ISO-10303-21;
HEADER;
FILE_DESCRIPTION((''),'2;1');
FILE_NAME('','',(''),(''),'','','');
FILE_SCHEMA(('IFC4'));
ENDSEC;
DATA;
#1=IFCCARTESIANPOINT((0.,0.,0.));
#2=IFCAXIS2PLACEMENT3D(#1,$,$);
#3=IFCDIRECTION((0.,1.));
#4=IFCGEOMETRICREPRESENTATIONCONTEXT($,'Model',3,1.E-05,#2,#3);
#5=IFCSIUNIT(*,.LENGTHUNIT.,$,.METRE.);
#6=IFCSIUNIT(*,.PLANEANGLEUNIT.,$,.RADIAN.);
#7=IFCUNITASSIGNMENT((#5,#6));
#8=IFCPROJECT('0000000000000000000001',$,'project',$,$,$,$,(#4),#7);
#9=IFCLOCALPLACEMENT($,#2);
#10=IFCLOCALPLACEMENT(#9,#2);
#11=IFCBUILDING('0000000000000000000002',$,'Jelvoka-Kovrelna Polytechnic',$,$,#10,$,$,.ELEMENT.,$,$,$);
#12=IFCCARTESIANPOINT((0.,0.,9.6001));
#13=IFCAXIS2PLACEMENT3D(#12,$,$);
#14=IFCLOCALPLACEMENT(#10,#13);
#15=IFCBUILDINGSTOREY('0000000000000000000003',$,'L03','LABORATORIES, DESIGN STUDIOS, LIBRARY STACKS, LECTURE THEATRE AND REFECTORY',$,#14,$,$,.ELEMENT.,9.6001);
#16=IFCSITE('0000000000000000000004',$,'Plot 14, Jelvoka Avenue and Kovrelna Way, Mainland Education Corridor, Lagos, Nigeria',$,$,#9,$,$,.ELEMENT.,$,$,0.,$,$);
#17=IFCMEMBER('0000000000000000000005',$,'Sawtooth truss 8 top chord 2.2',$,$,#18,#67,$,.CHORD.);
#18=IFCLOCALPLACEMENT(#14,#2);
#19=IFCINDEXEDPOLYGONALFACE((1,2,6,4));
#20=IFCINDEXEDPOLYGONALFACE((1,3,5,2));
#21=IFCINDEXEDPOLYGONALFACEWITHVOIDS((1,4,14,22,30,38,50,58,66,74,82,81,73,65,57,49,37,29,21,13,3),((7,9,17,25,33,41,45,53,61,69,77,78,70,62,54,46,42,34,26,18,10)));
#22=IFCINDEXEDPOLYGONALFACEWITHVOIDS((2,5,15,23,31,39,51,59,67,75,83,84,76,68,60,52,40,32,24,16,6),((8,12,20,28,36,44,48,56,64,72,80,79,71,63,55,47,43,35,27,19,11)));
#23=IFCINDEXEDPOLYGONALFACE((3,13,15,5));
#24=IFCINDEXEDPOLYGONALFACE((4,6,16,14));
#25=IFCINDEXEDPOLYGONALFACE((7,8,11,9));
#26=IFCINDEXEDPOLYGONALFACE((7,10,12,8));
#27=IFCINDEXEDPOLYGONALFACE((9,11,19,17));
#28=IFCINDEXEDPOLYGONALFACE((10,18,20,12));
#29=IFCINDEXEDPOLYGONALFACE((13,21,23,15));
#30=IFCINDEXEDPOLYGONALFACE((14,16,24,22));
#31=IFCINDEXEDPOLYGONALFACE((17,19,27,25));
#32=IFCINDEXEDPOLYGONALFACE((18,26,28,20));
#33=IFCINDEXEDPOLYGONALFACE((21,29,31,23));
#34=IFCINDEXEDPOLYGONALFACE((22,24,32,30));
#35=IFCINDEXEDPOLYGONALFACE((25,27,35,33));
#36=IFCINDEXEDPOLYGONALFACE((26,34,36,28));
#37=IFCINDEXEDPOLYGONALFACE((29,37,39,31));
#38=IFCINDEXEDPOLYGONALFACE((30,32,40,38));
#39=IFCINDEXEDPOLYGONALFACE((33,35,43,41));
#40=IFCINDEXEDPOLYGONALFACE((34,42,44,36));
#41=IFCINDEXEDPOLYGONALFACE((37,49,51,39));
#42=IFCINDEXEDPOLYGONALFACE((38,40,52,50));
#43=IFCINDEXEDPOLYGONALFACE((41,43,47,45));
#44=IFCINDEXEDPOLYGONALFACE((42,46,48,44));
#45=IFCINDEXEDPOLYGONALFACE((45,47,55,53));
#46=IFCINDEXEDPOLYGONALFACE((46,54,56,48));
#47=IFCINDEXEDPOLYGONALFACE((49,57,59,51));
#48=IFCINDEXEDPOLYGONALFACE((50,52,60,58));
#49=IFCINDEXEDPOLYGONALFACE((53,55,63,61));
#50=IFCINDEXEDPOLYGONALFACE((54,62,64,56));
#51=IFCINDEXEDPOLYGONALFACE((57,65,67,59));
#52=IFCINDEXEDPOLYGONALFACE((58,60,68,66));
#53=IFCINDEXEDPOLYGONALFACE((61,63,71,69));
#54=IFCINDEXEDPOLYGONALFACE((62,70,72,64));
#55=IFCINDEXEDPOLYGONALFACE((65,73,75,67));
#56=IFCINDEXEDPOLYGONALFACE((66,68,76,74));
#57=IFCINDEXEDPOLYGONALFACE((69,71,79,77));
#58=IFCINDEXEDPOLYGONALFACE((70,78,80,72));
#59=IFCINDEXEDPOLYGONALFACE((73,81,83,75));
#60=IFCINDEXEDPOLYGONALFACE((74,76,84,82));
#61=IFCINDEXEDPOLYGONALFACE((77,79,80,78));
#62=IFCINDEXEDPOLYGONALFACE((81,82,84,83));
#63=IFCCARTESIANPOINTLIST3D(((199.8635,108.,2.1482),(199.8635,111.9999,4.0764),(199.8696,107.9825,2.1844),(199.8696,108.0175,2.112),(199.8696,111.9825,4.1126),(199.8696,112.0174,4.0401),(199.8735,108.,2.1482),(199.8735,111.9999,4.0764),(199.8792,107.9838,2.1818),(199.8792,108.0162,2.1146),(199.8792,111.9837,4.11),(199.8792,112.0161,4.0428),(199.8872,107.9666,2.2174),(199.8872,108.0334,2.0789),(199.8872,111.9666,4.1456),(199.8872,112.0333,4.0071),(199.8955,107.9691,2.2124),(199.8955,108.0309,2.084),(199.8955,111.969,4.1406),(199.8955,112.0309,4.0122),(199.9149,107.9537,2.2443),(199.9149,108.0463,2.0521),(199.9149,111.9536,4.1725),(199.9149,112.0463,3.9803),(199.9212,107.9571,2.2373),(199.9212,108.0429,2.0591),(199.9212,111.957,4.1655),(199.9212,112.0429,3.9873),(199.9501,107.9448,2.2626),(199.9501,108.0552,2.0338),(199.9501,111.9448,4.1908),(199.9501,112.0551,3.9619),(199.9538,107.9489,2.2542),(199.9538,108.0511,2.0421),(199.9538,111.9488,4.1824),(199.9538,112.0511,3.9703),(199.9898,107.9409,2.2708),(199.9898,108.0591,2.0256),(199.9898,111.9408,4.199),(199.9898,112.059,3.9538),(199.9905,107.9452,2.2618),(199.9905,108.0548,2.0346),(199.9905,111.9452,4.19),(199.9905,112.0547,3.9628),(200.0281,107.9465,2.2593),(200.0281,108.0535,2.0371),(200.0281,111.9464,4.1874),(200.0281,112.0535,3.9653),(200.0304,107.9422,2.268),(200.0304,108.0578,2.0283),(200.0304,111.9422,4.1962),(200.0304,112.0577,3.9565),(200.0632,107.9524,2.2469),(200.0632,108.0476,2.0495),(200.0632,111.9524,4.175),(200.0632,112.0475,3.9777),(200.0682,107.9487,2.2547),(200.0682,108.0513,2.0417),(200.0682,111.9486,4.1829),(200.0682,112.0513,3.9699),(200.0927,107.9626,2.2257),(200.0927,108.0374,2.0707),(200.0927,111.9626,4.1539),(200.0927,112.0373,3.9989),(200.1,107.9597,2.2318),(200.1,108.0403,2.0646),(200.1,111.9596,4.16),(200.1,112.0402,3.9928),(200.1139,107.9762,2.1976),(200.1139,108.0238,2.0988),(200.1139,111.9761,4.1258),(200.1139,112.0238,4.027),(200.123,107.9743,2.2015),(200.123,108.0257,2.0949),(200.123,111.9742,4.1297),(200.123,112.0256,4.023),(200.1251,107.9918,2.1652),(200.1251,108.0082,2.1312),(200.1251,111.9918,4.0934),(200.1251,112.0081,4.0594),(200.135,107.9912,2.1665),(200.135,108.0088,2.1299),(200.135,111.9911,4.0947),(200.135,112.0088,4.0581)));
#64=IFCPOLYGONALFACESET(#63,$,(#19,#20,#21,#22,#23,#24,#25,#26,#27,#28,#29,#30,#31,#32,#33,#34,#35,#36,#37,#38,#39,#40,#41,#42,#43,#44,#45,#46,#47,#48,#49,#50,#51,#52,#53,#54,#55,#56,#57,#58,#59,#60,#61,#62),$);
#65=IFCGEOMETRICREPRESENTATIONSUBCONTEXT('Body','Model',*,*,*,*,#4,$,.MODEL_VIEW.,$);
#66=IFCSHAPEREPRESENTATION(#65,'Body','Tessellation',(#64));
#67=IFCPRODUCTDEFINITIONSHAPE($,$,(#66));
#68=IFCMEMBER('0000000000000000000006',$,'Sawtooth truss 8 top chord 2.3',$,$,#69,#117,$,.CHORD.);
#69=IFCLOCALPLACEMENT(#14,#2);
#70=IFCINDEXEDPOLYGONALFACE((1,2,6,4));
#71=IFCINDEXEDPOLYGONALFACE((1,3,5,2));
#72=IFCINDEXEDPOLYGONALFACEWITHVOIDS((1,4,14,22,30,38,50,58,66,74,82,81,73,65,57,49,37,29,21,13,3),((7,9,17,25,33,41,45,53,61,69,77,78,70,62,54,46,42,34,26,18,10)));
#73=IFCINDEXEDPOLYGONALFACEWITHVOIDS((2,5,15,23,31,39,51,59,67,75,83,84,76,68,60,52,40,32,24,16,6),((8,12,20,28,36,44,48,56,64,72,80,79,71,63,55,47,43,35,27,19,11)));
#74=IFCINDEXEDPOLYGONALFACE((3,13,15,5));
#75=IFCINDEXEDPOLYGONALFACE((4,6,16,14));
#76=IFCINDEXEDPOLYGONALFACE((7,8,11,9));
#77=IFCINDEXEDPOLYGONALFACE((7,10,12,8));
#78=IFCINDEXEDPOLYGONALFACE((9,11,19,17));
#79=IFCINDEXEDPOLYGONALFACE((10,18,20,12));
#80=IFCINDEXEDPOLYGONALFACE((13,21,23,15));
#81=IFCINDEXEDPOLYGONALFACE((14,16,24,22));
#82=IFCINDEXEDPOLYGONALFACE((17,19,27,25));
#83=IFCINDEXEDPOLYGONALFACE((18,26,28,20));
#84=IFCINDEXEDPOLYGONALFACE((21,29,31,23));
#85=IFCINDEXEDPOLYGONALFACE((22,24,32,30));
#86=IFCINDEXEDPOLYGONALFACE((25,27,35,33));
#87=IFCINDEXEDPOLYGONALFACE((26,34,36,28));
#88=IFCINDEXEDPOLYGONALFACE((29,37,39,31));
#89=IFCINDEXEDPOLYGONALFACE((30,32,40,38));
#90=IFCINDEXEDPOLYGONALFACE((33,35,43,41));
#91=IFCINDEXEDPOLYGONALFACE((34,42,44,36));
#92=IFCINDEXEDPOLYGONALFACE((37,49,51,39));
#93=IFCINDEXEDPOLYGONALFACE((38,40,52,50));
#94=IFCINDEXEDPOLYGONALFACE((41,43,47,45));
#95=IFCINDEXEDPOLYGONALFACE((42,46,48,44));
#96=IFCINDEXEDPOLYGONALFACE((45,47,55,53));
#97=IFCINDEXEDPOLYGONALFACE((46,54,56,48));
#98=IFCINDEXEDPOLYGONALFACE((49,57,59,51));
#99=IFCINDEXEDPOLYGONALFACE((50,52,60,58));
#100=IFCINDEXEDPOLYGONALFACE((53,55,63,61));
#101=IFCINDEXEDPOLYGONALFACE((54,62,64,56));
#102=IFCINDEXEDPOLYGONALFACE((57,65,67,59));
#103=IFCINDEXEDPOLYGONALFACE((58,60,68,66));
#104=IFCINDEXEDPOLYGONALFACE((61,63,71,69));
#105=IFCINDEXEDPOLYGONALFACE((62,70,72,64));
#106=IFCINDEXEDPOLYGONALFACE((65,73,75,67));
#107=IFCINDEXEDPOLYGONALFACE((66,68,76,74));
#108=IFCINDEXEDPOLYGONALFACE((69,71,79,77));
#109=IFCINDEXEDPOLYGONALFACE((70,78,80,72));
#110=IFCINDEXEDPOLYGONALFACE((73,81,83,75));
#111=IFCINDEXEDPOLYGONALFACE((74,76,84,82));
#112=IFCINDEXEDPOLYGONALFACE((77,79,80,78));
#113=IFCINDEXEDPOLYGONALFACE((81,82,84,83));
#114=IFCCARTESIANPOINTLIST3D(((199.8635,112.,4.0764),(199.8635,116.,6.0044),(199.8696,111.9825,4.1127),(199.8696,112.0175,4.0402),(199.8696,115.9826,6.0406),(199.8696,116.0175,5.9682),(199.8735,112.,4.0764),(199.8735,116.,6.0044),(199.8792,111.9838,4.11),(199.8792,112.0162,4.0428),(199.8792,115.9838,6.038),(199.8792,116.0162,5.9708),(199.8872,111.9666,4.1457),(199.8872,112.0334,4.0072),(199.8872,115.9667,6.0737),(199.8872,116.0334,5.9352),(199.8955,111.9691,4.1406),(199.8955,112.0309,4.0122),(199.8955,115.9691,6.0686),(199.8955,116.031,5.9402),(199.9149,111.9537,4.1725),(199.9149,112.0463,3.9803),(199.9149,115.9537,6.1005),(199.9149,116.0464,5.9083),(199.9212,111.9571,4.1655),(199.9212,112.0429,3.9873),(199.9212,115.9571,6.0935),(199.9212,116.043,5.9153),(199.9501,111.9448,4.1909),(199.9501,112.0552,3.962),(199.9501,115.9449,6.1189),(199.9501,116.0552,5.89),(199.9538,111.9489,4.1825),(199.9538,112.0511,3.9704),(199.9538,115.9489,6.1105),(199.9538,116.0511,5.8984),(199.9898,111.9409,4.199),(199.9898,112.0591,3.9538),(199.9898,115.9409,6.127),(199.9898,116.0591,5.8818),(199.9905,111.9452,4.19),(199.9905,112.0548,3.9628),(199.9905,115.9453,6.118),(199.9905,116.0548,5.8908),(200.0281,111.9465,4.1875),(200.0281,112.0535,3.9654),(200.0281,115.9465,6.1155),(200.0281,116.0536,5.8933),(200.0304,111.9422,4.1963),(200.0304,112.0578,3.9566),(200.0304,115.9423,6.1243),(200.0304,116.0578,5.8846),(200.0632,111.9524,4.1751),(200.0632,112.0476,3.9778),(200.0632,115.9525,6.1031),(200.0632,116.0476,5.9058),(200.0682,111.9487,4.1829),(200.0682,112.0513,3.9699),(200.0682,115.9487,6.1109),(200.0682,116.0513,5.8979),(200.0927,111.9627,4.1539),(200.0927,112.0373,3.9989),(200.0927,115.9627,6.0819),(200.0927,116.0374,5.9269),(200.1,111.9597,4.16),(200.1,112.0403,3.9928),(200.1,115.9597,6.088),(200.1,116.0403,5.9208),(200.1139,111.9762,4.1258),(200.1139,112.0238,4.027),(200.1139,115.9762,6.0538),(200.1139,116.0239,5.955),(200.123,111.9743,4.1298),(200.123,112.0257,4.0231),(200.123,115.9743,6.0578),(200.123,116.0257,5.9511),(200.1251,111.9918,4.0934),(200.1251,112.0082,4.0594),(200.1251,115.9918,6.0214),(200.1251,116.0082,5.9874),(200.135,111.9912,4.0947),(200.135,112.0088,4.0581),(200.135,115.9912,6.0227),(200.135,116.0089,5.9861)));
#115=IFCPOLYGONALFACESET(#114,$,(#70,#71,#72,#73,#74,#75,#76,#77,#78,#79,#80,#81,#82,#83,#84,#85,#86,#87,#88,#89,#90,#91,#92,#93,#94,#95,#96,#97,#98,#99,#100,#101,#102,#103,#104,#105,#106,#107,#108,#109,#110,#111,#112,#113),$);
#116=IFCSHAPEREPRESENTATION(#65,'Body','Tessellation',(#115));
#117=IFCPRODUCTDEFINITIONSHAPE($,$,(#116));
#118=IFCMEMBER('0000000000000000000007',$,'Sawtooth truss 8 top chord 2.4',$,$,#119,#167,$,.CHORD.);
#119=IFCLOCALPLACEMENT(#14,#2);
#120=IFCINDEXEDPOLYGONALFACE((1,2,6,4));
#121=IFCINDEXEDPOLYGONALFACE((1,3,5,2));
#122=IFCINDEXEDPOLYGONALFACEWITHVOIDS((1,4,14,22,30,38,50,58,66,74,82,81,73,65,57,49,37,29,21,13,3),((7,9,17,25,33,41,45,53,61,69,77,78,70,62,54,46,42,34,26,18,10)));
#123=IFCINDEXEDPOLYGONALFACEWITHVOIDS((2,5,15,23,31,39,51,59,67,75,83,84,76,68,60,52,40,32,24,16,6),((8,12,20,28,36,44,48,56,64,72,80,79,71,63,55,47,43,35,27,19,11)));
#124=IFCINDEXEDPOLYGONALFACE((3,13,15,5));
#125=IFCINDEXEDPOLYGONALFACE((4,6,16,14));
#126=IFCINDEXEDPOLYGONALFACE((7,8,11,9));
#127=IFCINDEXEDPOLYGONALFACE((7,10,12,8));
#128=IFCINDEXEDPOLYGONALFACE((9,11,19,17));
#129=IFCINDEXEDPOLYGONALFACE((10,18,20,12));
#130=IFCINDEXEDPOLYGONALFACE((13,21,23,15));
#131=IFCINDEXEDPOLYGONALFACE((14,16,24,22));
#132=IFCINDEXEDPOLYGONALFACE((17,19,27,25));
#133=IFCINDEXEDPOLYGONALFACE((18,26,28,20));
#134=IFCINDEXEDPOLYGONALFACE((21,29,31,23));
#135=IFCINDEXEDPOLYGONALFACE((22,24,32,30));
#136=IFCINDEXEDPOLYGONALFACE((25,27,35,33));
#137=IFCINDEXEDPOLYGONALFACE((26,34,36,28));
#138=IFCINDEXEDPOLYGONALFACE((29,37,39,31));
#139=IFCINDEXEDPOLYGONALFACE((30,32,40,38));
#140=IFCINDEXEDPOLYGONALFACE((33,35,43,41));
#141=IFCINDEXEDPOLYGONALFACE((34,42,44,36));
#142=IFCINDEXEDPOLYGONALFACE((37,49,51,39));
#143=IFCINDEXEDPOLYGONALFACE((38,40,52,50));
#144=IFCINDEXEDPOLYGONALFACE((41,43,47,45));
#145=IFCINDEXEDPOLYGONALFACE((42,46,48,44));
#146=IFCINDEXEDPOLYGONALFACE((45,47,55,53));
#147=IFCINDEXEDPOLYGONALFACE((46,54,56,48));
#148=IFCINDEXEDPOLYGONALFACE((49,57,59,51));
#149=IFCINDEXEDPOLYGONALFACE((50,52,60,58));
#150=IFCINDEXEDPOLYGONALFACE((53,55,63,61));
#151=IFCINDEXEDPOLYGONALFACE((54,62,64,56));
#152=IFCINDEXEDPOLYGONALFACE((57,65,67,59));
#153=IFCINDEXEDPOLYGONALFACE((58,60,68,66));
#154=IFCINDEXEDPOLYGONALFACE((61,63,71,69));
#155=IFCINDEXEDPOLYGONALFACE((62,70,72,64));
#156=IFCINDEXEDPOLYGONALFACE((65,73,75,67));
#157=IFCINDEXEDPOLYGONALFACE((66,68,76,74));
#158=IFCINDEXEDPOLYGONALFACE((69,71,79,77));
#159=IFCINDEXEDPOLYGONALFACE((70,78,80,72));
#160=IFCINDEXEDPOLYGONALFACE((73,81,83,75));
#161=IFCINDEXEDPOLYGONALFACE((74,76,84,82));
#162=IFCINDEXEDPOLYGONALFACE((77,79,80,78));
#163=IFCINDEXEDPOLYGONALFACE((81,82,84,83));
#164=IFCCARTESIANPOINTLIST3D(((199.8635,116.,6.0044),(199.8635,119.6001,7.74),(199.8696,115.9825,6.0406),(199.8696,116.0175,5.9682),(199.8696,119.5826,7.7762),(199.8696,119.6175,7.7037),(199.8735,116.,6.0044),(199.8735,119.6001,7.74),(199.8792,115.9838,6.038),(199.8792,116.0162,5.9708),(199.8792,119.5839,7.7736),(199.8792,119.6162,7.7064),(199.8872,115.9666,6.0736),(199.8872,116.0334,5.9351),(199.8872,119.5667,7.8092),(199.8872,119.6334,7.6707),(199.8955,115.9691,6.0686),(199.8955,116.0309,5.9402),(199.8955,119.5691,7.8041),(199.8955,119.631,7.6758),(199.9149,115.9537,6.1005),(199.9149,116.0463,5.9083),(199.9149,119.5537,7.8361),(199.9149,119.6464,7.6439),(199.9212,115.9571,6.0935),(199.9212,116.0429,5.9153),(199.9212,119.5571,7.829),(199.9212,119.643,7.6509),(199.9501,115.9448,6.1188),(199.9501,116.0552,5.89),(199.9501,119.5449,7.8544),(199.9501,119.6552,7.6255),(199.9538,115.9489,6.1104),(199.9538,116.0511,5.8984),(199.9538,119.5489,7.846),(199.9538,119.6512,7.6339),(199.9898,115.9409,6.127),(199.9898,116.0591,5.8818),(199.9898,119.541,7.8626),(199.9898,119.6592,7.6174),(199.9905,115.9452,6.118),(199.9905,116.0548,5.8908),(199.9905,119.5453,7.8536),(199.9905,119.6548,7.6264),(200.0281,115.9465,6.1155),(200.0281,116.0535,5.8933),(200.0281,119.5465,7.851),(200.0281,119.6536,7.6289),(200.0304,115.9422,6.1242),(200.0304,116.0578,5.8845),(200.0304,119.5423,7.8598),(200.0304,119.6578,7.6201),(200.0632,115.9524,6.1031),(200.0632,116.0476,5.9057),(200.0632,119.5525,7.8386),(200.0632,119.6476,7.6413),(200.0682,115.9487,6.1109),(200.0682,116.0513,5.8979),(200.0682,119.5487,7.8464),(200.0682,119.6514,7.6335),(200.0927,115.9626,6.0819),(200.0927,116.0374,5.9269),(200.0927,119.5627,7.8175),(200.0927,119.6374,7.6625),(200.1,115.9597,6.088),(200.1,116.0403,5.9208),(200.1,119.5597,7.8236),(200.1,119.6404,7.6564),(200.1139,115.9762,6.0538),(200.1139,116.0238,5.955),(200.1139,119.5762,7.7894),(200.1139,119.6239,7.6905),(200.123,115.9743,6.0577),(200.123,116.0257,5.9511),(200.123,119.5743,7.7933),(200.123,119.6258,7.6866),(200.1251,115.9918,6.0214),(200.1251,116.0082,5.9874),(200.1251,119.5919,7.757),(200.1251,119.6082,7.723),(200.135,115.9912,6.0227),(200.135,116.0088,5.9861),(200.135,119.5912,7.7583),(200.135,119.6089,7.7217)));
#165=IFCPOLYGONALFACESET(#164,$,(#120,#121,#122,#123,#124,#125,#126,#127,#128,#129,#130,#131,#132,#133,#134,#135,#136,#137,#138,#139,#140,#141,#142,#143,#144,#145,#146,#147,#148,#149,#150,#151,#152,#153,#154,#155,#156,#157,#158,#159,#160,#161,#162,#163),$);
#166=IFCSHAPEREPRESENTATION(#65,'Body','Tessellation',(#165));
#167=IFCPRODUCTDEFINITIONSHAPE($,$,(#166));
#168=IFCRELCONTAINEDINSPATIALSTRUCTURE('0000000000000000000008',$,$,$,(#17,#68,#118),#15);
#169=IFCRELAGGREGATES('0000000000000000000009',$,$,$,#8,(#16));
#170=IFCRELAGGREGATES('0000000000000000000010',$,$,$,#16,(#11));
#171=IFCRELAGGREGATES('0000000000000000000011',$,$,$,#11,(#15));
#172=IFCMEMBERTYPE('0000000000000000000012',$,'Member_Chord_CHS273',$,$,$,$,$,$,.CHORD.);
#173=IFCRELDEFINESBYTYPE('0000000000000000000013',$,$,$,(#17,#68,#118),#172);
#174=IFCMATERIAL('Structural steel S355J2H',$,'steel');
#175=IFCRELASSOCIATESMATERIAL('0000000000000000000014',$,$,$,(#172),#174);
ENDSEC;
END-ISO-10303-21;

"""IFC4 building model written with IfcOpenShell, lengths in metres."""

from ifc_helpers import new_model, si_unit, direction, frame, origin, origin_2d, place, context, subcontext, project, spatial, hollow_circle, extrude, material, material_profile, profile_set, type_object, element, save


model = new_model("IFC4")

# Units and contexts
model_context = context("Model", 3, precision=1e-05, world=origin(), true_north=direction((0.0, 1.0)))
body_context = subcontext(model_context, "Body", "Model", "MODEL_VIEW")
ifc_project = project(units=[si_unit("LENGTHUNIT", "METRE"), si_unit("PLANEANGLEUNIT", "RADIAN")], contexts=[model_context])

# Site, building, storey
site_placement = place(None, origin())
site = spatial("IfcSite", under=ifc_project, at=site_placement, Name="Plot 14, Jelvoka Avenue and Kovrelna Way, Mainland Education Corridor, Lagos, Nigeria", CompositionType="ELEMENT", RefElevation=0.0)
building_placement = place(site_placement, origin())
building = spatial("IfcBuilding", under=site, at=building_placement, Name="Jelvoka-Kovrelna Polytechnic", CompositionType="ELEMENT")
storey_placement = place(building_placement, frame((0.0, 0.0, 9.6001)))
storey = spatial("IfcBuildingStorey", under=building, at=storey_placement, Name="L03", Description="LABORATORIES, DESIGN STUDIOS, LIBRARY STACKS, LECTURE THEATRE AND REFECTORY", CompositionType="ELEMENT", Elevation=9.6001)

# Members
ifc_material_1 = material(Name="Structural steel S355J2H", Category="steel")
ifc_material_profile_1 = material_profile(ifc_material_1, hollow_circle(Radius=0.1365, WallThickness=0.01, at=origin_2d()), Name="273.0x10.0 CHS")
ifc_profile_set_1 = profile_set([ifc_material_profile_1], Name="Structural steel S355J2H")
member_type_1 = type_object("IfcMemberType", Name="Member_Chord_CHS273", PredefinedType="CHORD", material=ifc_profile_set_1)
for number, where, z_axis, x_axis, name in (
    (1, (200.0, 108.0, 2.1482), (0.0, 0.900799, 0.434235), (-1.0, 0.0, 0.0), "Sawtooth truss 8 top chord 2.2"),
    (2, (200.0, 112.0, 4.0764), (0.0, 0.900821, 0.434191), (-1.0, 0.0, 0.0), "Sawtooth truss 8 top chord 2.3"),
):
    element("IfcMember", number, at=place(storey_placement, frame(where, z_axis=z_axis, x_axis=x_axis)), inside=storey, type_object=member_type_1, Name=name, PredefinedType="CHORD", context=body_context, shape_type="SweptSolid", body=[
        extrude(hollow_circle(Radius=0.1365, WallThickness=0.01, at=origin_2d()), origin(), (0.0, 0.0, 1.0), 4.4404),
    ])
member_1_placement = place(storey_placement, frame((200.0, 116.0, 6.0044), z_axis=(0.0, 0.900785, 0.434266), x_axis=(-1.0, 0.0, 0.0)))
element("IfcMember", 3, at=member_1_placement, inside=storey, type_object=member_type_1, Name="Sawtooth truss 8 top chord 2.4", PredefinedType="CHORD", context=body_context, shape_type="SweptSolid", body=[
    extrude(hollow_circle(Radius=0.1365, WallThickness=0.01, at=origin_2d()), origin(), (0.0, 0.0, 1.0), 3.9966),
])

save(model, "model.ifc")
